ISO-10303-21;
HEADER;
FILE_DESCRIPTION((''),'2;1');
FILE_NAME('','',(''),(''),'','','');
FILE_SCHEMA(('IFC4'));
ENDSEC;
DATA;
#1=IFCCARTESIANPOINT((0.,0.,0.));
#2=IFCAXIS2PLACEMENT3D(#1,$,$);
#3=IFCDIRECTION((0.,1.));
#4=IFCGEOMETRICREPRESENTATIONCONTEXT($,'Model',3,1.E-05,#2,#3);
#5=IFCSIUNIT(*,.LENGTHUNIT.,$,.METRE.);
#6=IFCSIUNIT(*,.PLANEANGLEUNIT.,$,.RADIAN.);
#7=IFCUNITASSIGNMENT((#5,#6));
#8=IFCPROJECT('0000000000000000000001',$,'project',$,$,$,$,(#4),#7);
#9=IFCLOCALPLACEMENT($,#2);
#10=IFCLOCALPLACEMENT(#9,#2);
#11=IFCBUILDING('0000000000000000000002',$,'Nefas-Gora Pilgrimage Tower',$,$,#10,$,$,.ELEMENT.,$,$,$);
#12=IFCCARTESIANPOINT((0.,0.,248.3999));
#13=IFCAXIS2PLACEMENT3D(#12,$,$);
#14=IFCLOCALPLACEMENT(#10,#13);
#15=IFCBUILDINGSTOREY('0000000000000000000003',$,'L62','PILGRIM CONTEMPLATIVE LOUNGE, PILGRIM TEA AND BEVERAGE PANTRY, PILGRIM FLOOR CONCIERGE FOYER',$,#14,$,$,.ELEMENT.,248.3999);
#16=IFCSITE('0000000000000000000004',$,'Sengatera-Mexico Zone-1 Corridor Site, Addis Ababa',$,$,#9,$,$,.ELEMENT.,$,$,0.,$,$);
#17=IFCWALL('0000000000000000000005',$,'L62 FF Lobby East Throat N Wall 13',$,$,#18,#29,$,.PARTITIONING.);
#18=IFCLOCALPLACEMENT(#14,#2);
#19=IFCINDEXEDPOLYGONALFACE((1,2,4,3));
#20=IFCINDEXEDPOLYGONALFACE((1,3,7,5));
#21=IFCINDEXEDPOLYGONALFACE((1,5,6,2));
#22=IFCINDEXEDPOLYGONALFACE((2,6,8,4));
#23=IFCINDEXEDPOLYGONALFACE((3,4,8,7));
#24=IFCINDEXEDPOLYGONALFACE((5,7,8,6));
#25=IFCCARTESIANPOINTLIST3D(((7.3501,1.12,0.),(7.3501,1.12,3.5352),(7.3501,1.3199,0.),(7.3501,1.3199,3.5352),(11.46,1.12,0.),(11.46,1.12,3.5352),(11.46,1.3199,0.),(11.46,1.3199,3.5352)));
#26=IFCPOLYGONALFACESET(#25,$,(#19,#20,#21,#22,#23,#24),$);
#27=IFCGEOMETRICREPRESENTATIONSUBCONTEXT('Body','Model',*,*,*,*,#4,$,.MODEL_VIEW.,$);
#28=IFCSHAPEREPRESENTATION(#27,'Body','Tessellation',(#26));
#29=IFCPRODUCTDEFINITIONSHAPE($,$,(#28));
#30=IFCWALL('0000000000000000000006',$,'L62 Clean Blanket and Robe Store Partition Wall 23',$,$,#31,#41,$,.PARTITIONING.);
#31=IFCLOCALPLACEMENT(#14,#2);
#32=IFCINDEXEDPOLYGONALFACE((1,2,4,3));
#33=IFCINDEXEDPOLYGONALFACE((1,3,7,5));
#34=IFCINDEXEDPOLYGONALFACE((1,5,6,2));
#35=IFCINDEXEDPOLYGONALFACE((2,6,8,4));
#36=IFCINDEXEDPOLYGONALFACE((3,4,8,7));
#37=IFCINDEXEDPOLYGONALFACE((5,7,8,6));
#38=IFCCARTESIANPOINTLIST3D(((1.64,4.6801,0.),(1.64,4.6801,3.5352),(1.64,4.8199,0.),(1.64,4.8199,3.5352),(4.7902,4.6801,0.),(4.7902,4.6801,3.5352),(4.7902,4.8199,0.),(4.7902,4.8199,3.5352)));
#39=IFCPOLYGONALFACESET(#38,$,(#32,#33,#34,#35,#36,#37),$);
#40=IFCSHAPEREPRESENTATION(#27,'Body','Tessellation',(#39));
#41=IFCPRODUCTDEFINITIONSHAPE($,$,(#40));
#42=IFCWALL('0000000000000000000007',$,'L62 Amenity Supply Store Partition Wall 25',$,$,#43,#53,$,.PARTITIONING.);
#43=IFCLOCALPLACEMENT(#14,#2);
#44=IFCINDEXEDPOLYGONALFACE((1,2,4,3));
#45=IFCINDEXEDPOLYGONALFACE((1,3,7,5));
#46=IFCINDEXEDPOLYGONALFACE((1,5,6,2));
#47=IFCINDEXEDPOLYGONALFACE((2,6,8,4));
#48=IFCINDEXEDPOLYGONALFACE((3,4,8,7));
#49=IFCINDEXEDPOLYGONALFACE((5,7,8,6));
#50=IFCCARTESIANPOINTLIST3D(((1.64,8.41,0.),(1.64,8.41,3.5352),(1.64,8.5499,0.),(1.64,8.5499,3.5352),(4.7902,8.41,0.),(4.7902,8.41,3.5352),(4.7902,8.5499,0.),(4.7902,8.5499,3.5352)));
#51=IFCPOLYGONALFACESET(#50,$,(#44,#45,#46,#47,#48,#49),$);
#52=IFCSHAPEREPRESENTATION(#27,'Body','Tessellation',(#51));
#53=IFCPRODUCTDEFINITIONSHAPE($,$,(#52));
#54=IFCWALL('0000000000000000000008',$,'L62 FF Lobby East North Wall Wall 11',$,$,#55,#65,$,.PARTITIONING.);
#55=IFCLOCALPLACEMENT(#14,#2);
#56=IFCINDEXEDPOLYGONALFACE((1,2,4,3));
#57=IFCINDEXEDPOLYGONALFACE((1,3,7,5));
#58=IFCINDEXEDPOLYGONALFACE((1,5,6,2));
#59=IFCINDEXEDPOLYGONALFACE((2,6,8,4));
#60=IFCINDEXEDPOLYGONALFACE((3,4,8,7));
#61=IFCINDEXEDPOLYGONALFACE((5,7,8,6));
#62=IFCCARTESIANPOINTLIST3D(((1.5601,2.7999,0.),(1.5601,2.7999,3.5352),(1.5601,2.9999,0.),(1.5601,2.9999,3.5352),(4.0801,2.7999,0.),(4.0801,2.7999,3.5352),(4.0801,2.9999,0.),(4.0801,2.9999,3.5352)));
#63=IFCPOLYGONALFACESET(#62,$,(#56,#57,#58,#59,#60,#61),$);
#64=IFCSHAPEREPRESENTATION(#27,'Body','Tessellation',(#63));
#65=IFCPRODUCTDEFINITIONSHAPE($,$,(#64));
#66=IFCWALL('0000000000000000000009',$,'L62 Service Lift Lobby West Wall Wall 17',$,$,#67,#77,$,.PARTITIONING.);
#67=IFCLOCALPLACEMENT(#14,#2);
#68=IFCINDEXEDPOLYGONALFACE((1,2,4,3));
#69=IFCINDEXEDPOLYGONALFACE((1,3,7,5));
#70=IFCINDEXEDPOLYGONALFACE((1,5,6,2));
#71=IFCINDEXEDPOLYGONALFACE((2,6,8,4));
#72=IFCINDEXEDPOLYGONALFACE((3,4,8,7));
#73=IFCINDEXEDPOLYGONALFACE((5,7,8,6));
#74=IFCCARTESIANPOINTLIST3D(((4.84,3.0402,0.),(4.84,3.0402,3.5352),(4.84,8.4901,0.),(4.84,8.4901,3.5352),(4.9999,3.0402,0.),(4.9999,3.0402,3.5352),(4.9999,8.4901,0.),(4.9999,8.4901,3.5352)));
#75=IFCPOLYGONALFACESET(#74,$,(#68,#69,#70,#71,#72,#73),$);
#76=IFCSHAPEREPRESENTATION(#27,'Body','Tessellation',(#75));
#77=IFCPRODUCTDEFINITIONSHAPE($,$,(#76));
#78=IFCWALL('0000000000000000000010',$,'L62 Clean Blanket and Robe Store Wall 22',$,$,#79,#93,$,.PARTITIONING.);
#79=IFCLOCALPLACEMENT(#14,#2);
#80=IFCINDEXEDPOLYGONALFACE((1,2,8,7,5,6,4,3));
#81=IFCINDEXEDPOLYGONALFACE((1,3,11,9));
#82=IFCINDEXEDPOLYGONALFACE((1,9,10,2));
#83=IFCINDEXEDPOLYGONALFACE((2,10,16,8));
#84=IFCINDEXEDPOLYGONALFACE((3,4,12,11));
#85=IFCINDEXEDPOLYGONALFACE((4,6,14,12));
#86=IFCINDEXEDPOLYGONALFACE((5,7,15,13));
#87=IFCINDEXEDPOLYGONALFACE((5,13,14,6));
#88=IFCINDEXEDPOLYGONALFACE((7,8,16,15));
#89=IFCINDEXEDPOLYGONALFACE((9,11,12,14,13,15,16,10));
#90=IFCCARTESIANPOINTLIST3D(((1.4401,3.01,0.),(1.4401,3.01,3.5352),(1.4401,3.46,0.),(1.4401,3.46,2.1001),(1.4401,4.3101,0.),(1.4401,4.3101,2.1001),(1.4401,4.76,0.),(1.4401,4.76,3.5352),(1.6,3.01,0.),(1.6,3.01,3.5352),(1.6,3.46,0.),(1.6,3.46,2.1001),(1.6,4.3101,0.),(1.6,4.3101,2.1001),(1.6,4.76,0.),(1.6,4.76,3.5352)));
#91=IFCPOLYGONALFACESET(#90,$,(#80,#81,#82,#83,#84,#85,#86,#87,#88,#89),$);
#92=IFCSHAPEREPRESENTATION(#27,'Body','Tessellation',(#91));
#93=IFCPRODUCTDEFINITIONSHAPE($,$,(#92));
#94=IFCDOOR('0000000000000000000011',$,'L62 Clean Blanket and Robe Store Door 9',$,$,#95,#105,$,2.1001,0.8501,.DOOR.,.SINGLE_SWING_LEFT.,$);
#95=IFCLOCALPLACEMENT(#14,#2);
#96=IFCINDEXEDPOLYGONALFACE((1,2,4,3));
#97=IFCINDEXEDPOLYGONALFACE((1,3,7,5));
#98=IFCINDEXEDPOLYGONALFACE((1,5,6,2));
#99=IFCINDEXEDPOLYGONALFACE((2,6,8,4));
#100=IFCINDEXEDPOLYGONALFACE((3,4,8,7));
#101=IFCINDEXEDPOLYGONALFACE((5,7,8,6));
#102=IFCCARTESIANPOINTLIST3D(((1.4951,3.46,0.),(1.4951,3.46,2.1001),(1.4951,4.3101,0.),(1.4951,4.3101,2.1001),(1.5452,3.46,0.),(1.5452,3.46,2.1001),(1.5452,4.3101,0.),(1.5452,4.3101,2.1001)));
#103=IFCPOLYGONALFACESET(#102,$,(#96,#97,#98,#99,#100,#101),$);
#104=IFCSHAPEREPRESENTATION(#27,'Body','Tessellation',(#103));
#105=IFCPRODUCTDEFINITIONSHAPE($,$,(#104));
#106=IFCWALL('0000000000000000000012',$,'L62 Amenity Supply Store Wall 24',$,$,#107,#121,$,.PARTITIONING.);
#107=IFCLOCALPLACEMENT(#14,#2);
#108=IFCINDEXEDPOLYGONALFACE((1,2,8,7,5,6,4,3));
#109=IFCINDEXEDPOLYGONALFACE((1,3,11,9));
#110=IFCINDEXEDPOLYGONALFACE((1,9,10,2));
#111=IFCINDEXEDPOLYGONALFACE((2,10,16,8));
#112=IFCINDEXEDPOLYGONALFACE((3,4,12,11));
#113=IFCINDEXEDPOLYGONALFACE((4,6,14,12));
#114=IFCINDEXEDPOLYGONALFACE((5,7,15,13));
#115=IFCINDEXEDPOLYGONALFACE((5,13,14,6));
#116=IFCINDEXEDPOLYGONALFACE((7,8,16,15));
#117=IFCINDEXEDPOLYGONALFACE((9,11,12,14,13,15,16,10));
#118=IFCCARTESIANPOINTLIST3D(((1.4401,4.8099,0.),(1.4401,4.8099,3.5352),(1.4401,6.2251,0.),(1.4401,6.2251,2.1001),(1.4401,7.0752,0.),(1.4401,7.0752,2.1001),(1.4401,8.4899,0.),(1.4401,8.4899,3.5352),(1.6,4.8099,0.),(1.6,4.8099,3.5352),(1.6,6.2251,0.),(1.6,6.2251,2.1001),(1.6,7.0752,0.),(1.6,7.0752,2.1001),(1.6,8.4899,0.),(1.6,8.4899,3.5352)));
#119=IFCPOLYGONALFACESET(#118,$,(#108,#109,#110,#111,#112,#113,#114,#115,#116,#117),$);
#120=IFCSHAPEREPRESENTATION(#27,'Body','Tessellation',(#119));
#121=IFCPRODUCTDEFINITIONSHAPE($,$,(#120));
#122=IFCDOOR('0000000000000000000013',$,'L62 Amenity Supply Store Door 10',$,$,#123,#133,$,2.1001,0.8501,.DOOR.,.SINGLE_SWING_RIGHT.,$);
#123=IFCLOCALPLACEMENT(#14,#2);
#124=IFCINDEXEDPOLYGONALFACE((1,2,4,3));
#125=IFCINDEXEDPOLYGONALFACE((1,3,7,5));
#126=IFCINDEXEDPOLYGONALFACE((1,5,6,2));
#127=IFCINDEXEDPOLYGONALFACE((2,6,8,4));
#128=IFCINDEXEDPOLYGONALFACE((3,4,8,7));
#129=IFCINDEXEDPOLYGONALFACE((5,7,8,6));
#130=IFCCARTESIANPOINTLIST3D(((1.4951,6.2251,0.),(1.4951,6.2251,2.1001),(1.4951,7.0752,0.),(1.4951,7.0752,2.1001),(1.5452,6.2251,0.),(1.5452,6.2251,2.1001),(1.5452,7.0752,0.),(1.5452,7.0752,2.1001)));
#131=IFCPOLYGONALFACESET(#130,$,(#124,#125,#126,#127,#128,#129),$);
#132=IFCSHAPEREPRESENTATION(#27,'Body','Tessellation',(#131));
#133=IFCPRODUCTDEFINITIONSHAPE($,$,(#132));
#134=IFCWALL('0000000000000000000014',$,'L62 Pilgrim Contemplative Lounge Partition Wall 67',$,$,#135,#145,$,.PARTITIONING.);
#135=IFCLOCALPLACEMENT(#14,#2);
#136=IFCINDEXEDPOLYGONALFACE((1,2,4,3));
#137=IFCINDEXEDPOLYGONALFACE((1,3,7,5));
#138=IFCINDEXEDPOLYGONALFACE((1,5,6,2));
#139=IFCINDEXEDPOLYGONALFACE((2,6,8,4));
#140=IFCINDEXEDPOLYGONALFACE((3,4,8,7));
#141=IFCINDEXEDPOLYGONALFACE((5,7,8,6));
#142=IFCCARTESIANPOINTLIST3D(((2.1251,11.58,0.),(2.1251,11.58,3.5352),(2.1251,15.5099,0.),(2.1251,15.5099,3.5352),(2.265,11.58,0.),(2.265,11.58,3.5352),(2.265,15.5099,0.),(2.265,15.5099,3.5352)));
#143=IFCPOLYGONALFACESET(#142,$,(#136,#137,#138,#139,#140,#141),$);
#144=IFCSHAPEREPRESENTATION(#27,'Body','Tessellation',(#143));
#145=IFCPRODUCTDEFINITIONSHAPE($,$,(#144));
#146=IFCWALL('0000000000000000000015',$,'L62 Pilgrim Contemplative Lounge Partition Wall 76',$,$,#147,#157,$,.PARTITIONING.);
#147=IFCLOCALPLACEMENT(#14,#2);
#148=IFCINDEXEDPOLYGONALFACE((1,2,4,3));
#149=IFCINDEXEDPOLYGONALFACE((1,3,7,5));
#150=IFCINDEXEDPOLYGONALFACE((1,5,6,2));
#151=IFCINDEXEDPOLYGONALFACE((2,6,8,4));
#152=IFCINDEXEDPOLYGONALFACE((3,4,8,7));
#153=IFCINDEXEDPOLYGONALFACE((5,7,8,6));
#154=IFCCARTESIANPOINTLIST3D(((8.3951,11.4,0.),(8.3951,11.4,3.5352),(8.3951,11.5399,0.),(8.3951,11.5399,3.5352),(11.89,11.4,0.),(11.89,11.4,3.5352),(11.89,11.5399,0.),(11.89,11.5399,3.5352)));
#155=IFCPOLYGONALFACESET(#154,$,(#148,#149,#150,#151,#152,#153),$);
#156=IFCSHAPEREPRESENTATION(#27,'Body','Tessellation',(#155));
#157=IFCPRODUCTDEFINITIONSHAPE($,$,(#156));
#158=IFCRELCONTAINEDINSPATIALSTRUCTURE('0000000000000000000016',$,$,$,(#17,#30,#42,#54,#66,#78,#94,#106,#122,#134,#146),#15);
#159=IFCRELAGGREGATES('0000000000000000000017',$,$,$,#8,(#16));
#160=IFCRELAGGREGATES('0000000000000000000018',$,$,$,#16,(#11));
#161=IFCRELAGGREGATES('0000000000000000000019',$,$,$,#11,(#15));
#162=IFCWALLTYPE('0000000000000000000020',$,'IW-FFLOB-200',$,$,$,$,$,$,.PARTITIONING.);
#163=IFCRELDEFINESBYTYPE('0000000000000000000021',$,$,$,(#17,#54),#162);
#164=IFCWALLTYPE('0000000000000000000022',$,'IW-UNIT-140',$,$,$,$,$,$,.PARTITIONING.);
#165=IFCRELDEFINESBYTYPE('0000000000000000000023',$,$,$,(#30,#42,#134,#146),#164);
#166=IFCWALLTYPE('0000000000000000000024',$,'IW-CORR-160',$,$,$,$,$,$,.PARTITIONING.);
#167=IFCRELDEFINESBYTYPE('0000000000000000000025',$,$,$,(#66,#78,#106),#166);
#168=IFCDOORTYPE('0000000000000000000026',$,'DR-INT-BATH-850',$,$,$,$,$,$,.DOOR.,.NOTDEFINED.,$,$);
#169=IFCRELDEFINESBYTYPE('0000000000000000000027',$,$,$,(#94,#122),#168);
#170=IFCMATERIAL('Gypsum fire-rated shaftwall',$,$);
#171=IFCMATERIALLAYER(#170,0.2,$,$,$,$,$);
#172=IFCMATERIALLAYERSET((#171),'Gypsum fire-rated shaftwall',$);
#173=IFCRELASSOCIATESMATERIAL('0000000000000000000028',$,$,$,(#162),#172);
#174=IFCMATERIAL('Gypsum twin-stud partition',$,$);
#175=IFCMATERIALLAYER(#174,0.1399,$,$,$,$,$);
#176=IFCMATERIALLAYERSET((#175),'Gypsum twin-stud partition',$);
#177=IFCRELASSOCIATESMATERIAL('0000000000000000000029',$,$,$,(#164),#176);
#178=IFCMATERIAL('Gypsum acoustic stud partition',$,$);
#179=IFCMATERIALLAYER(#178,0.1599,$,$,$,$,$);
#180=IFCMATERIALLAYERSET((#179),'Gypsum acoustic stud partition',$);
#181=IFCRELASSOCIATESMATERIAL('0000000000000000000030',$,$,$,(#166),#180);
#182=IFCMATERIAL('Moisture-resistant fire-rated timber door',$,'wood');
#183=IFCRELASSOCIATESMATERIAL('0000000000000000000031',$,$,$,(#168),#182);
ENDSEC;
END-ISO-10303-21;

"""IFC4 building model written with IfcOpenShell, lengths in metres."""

from ifc_helpers import new_model, si_unit, direction, frame, frame_2d, origin, place, context, subcontext, project, spatial, rectangle, extrude, source, transform, mapped, material, layer, layer_set, type_object, element, fill, save


model = new_model("IFC4")

# Units and contexts
model_context = context("Model", 3, precision=1e-05, world=origin(), true_north=direction((0.0, 1.0)))
body_context = subcontext(model_context, "Body", "Model", "MODEL_VIEW")
ifc_project = project(units=[si_unit("LENGTHUNIT", "METRE"), si_unit("PLANEANGLEUNIT", "RADIAN")], contexts=[model_context])

# Site, building, storey
site_placement = place(None, origin())
site = spatial("IfcSite", under=ifc_project, at=site_placement, Name="Sengatera-Mexico Zone-1 Corridor Site, Addis Ababa", CompositionType="ELEMENT", RefElevation=0.0)
building_placement = place(site_placement, origin())
building = spatial("IfcBuilding", under=site, at=building_placement, Name="Nefas-Gora Pilgrimage Tower", CompositionType="ELEMENT")
storey_placement = place(building_placement, frame((0.0, 0.0, 248.3999)))
storey = spatial("IfcBuildingStorey", under=building, at=storey_placement, Name="L62", Description="PILGRIM CONTEMPLATIVE LOUNGE, PILGRIM TEA AND BEVERAGE PANTRY, PILGRIM FLOOR CONCIERGE FOYER", CompositionType="ELEMENT", Elevation=248.3999)

# Shared definitions
ifc_material_1 = material(Name="Gypsum fire-rated shaftwall")
ifc_layer_1 = layer(ifc_material_1, 0.2)
ifc_layer_set_1 = layer_set([ifc_layer_1], Name="Gypsum fire-rated shaftwall")
wall_type_1 = type_object("IfcWallType", Name="IW-FFLOB-200", PredefinedType="PARTITIONING", material=ifc_layer_set_1)

# Walls
shared_shape_1 = source(origin(), body_context, "Body", "SweptSolid", [
    extrude(rectangle(XDim=4.1099, YDim=0.2, at=frame_2d((2.0549, 0.0))), origin(), (0.0, 0.0, 1.0), 3.5352),
])
wall_1_placement = place(storey_placement, frame((7.3501, 1.22, 0.0), z_axis=(0.0, 0.0, 1.0), x_axis=(1.0, 0.0, 0.0)))
element("IfcWall", 1, at=wall_1_placement, inside=storey, type_object=wall_type_1, Name="L62 FF Lobby East Throat N Wall 13", PredefinedType="PARTITIONING", context=body_context, shape_type="MappedRepresentation", body=[
    mapped(shared_shape_1, transform((0.0, 0.0, 0.0), x_axis=(1.0, 0.0, 0.0), y_axis=(0.0, 1.0, 0.0), z_axis=(0.0, 0.0, 1.0), scale=1.0)),
])
ifc_material_2 = material(Name="Gypsum twin-stud partition")
ifc_layer_2 = layer(ifc_material_2, 0.1399)
ifc_layer_set_2 = layer_set([ifc_layer_2], Name="Gypsum twin-stud partition")
wall_type_2 = type_object("IfcWallType", Name="IW-UNIT-140", PredefinedType="PARTITIONING", material=ifc_layer_set_2)
shared_shape_2 = source(origin(), body_context, "Body", "SweptSolid", [
    extrude(rectangle(XDim=3.1501, YDim=0.1399, at=frame_2d((1.5752, 0.0))), origin(), (0.0, 0.0, 1.0), 3.5352),
])
for number, where, z_axis, x_axis, name in (
    (2, (1.6399, 4.75, 0.0), (0.0, 0.0, 1.0), (1.0, 0.0, 0.0), "L62 Clean Blanket and Robe Store Partition Wall 23"),
    (3, (1.6399, 8.48, 0.0), (0.0, 0.0, 1.0), (1.0, 0.0, 0.0), "L62 Amenity Supply Store Partition Wall 25"),
):
    element("IfcWall", number, at=place(storey_placement, frame(where, z_axis=z_axis, x_axis=x_axis)), inside=storey, type_object=wall_type_2, Name=name, PredefinedType="PARTITIONING", context=body_context, shape_type="MappedRepresentation", body=[
        mapped(shared_shape_2, transform((0.0, 0.0, 0.0), x_axis=(1.0, 0.0, 0.0), y_axis=(0.0, 1.0, 0.0), z_axis=(0.0, 0.0, 1.0), scale=1.0)),
    ])
shared_shape_3 = source(origin(), body_context, "Body", "SweptSolid", [
    extrude(rectangle(XDim=2.52, YDim=0.2, at=frame_2d((1.26, 0.0))), origin(), (0.0, 0.0, 1.0), 3.5352),
])
wall_2_placement = place(storey_placement, frame((1.5601, 2.8999, 0.0), z_axis=(0.0, 0.0, 1.0), x_axis=(1.0, 0.0, 0.0)))
element("IfcWall", 4, at=wall_2_placement, inside=storey, type_object=wall_type_1, Name="L62 FF Lobby East North Wall Wall 11", PredefinedType="PARTITIONING", context=body_context, shape_type="MappedRepresentation", body=[
    mapped(shared_shape_3, transform((0.0, 0.0, 0.0), x_axis=(1.0, 0.0, 0.0), y_axis=(0.0, 1.0, 0.0), z_axis=(0.0, 0.0, 1.0), scale=1.0)),
])
ifc_material_3 = material(Name="Gypsum acoustic stud partition")
ifc_layer_3 = layer(ifc_material_3, 0.1599)
ifc_layer_set_3 = layer_set([ifc_layer_3], Name="Gypsum acoustic stud partition")
wall_type_3 = type_object("IfcWallType", Name="IW-CORR-160", PredefinedType="PARTITIONING", material=ifc_layer_set_3)
shared_shape_4 = source(origin(), body_context, "Body", "SweptSolid", [
    extrude(rectangle(XDim=5.45, YDim=0.1599, at=frame_2d((2.7251, 0.0))), origin(), (0.0, 0.0, 1.0), 3.5352),
])
wall_3_placement = place(storey_placement, frame((4.9199, 3.04, 0.0), z_axis=(0.0, 0.0, 1.0), x_axis=(0.0, 1.0, 0.0)))
element("IfcWall", 5, at=wall_3_placement, inside=storey, type_object=wall_type_3, Name="L62 Service Lift Lobby West Wall Wall 17", PredefinedType="PARTITIONING", context=body_context, shape_type="MappedRepresentation", body=[
    mapped(shared_shape_4, transform((0.0, 0.0, 0.0), x_axis=(1.0, 0.0, 0.0), y_axis=(0.0, 1.0, 0.0), z_axis=(0.0, 0.0, 1.0), scale=1.0)),
])

# Walls, openings, doors
shared_shape_5 = source(origin(), body_context, "Body", "SweptSolid", [
    extrude(rectangle(XDim=1.75, YDim=0.1599, at=frame_2d((0.875, 0.0))), origin(), (0.0, 0.0, 1.0), 3.5352),
])
wall_4_placement = place(storey_placement, frame((1.52, 3.01, 0.0), z_axis=(0.0, 0.0, 1.0), x_axis=(0.0, 1.0, 0.0)))
wall_4 = element("IfcWall", 6, at=wall_4_placement, inside=storey, type_object=wall_type_3, Name="L62 Clean Blanket and Robe Store Wall 22", PredefinedType="PARTITIONING", context=body_context, shape_type="MappedRepresentation", body=[
    mapped(shared_shape_5, transform((0.0, 0.0, 0.0), x_axis=(1.0, 0.0, 0.0), y_axis=(0.0, 1.0, 0.0), z_axis=(0.0, 0.0, 1.0), scale=1.0)),
])
opening_1_placement = place(wall_4_placement, frame((0.45, 0.0, 0.0)))
opening_1 = element("IfcOpeningElement", 7, at=opening_1_placement, cuts=wall_4, PredefinedType="OPENING", context=body_context, shape_type="SweptSolid", body=[
    extrude(rectangle(XDim=0.8501, YDim=2.1001, at=frame_2d((0.425, 1.05))), frame((0.0, 0.0898, 0.0), z_axis=(0.0, -1.0, 0.0), x_axis=(1.0, 0.0, 0.0)), (0.0, 0.0, 1.0), 0.1799),
])
ifc_material_4 = material(Name="Moisture-resistant fire-rated timber door", Category="wood")
door_type_1 = type_object("IfcDoorType", Name="DR-INT-BATH-850", OperationType="NOTDEFINED", PredefinedType="DOOR", material=ifc_material_4)
shared_shape_6 = source(origin(), body_context, "Body", "SweptSolid", [
    extrude(rectangle(XDim=0.8501, YDim=2.1001, at=frame_2d((0.425, 1.05))), frame((0.0, 0.0249, 0.0), z_axis=(0.0, -1.0, 0.0), x_axis=(1.0, 0.0, 0.0)), (0.0, 0.0, 1.0), 0.05),
])
door_1_placement = place(opening_1_placement, origin())
door_1 = element("IfcDoor", 8, at=door_1_placement, inside=storey, type_object=door_type_1, Name="L62 Clean Blanket and Robe Store Door 9", OperationType="SINGLE_SWING_LEFT", OverallHeight=2.1001, OverallWidth=0.8501, PredefinedType="DOOR", context=body_context, shape_type="MappedRepresentation", body=[
    mapped(shared_shape_6, transform((0.0, 0.0, 0.0), x_axis=(1.0, 0.0, 0.0), y_axis=(0.0, 1.0, 0.0), z_axis=(0.0, 0.0, 1.0), scale=1.0)),
])
fill(opening_1, door_1)
shared_shape_7 = source(origin(), body_context, "Body", "SweptSolid", [
    extrude(rectangle(XDim=3.6799, YDim=0.1599, at=frame_2d((1.8398, 0.0))), origin(), (0.0, 0.0, 1.0), 3.5352),
])
wall_5_placement = place(storey_placement, frame((1.52, 4.8101, 0.0), z_axis=(0.0, 0.0, 1.0), x_axis=(0.0, 1.0, 0.0)))
wall_5 = element("IfcWall", 9, at=wall_5_placement, inside=storey, type_object=wall_type_3, Name="L62 Amenity Supply Store Wall 24", PredefinedType="PARTITIONING", context=body_context, shape_type="MappedRepresentation", body=[
    mapped(shared_shape_7, transform((0.0, 0.0, 0.0), x_axis=(1.0, 0.0, 0.0), y_axis=(0.0, 1.0, 0.0), z_axis=(0.0, 0.0, 1.0), scale=1.0)),
])
opening_2_placement = place(wall_5_placement, frame((1.415, 0.0, 0.0)))
opening_2 = element("IfcOpeningElement", 10, at=opening_2_placement, cuts=wall_5, PredefinedType="OPENING", context=body_context, shape_type="SweptSolid", body=[
    extrude(rectangle(XDim=0.8501, YDim=2.1001, at=frame_2d((0.425, 1.05))), frame((0.0, 0.0898, 0.0), z_axis=(0.0, -1.0, 0.0), x_axis=(1.0, 0.0, 0.0)), (0.0, 0.0, 1.0), 0.1799),
])
door_2_placement = place(opening_2_placement, origin())
door_2 = element("IfcDoor", 11, at=door_2_placement, inside=storey, type_object=door_type_1, Name="L62 Amenity Supply Store Door 10", OperationType="SINGLE_SWING_RIGHT", OverallHeight=2.1001, OverallWidth=0.8501, PredefinedType="DOOR", context=body_context, shape_type="MappedRepresentation", body=[
    mapped(shared_shape_6, transform((0.0, 0.0, 0.0), x_axis=(1.0, 0.0, 0.0), y_axis=(0.0, 1.0, 0.0), z_axis=(0.0, 0.0, 1.0), scale=1.0)),
])
fill(opening_2, door_2)

# Walls
shared_shape_8 = source(origin(), body_context, "Body", "SweptSolid", [
    extrude(rectangle(XDim=3.9299, YDim=0.1399, at=frame_2d((1.9648, 0.0))), origin(), (0.0, 0.0, 1.0), 3.5352),
])
wall_6_placement = place(storey_placement, frame((2.1951, 11.5801, 0.0), z_axis=(0.0, 0.0, 1.0), x_axis=(0.0, 1.0, 0.0)))
element("IfcWall", 12, at=wall_6_placement, inside=storey, type_object=wall_type_2, Name="L62 Pilgrim Contemplative Lounge Partition Wall 67", PredefinedType="PARTITIONING", context=body_context, shape_type="MappedRepresentation", body=[
    mapped(shared_shape_8, transform((0.0, 0.0, 0.0), x_axis=(1.0, 0.0, 0.0), y_axis=(0.0, 1.0, 0.0), z_axis=(0.0, 0.0, 1.0), scale=1.0)),
])
shared_shape_9 = source(origin(), body_context, "Body", "SweptSolid", [
    extrude(rectangle(XDim=3.4949, YDim=0.1399, at=frame_2d((1.7476, 0.0))), origin(), (0.0, 0.0, 1.0), 3.5352),
])
wall_7_placement = place(storey_placement, frame((8.395, 11.47, 0.0), z_axis=(0.0, 0.0, 1.0), x_axis=(1.0, 0.0, 0.0)))
element("IfcWall", 13, at=wall_7_placement, inside=storey, type_object=wall_type_2, Name="L62 Pilgrim Contemplative Lounge Partition Wall 76", PredefinedType="PARTITIONING", context=body_context, shape_type="MappedRepresentation", body=[
    mapped(shared_shape_9, transform((0.0, 0.0, 0.0), x_axis=(1.0, 0.0, 0.0), y_axis=(0.0, 1.0, 0.0), z_axis=(0.0, 0.0, 1.0), scale=1.0)),
])

save(model, "model.ifc")
